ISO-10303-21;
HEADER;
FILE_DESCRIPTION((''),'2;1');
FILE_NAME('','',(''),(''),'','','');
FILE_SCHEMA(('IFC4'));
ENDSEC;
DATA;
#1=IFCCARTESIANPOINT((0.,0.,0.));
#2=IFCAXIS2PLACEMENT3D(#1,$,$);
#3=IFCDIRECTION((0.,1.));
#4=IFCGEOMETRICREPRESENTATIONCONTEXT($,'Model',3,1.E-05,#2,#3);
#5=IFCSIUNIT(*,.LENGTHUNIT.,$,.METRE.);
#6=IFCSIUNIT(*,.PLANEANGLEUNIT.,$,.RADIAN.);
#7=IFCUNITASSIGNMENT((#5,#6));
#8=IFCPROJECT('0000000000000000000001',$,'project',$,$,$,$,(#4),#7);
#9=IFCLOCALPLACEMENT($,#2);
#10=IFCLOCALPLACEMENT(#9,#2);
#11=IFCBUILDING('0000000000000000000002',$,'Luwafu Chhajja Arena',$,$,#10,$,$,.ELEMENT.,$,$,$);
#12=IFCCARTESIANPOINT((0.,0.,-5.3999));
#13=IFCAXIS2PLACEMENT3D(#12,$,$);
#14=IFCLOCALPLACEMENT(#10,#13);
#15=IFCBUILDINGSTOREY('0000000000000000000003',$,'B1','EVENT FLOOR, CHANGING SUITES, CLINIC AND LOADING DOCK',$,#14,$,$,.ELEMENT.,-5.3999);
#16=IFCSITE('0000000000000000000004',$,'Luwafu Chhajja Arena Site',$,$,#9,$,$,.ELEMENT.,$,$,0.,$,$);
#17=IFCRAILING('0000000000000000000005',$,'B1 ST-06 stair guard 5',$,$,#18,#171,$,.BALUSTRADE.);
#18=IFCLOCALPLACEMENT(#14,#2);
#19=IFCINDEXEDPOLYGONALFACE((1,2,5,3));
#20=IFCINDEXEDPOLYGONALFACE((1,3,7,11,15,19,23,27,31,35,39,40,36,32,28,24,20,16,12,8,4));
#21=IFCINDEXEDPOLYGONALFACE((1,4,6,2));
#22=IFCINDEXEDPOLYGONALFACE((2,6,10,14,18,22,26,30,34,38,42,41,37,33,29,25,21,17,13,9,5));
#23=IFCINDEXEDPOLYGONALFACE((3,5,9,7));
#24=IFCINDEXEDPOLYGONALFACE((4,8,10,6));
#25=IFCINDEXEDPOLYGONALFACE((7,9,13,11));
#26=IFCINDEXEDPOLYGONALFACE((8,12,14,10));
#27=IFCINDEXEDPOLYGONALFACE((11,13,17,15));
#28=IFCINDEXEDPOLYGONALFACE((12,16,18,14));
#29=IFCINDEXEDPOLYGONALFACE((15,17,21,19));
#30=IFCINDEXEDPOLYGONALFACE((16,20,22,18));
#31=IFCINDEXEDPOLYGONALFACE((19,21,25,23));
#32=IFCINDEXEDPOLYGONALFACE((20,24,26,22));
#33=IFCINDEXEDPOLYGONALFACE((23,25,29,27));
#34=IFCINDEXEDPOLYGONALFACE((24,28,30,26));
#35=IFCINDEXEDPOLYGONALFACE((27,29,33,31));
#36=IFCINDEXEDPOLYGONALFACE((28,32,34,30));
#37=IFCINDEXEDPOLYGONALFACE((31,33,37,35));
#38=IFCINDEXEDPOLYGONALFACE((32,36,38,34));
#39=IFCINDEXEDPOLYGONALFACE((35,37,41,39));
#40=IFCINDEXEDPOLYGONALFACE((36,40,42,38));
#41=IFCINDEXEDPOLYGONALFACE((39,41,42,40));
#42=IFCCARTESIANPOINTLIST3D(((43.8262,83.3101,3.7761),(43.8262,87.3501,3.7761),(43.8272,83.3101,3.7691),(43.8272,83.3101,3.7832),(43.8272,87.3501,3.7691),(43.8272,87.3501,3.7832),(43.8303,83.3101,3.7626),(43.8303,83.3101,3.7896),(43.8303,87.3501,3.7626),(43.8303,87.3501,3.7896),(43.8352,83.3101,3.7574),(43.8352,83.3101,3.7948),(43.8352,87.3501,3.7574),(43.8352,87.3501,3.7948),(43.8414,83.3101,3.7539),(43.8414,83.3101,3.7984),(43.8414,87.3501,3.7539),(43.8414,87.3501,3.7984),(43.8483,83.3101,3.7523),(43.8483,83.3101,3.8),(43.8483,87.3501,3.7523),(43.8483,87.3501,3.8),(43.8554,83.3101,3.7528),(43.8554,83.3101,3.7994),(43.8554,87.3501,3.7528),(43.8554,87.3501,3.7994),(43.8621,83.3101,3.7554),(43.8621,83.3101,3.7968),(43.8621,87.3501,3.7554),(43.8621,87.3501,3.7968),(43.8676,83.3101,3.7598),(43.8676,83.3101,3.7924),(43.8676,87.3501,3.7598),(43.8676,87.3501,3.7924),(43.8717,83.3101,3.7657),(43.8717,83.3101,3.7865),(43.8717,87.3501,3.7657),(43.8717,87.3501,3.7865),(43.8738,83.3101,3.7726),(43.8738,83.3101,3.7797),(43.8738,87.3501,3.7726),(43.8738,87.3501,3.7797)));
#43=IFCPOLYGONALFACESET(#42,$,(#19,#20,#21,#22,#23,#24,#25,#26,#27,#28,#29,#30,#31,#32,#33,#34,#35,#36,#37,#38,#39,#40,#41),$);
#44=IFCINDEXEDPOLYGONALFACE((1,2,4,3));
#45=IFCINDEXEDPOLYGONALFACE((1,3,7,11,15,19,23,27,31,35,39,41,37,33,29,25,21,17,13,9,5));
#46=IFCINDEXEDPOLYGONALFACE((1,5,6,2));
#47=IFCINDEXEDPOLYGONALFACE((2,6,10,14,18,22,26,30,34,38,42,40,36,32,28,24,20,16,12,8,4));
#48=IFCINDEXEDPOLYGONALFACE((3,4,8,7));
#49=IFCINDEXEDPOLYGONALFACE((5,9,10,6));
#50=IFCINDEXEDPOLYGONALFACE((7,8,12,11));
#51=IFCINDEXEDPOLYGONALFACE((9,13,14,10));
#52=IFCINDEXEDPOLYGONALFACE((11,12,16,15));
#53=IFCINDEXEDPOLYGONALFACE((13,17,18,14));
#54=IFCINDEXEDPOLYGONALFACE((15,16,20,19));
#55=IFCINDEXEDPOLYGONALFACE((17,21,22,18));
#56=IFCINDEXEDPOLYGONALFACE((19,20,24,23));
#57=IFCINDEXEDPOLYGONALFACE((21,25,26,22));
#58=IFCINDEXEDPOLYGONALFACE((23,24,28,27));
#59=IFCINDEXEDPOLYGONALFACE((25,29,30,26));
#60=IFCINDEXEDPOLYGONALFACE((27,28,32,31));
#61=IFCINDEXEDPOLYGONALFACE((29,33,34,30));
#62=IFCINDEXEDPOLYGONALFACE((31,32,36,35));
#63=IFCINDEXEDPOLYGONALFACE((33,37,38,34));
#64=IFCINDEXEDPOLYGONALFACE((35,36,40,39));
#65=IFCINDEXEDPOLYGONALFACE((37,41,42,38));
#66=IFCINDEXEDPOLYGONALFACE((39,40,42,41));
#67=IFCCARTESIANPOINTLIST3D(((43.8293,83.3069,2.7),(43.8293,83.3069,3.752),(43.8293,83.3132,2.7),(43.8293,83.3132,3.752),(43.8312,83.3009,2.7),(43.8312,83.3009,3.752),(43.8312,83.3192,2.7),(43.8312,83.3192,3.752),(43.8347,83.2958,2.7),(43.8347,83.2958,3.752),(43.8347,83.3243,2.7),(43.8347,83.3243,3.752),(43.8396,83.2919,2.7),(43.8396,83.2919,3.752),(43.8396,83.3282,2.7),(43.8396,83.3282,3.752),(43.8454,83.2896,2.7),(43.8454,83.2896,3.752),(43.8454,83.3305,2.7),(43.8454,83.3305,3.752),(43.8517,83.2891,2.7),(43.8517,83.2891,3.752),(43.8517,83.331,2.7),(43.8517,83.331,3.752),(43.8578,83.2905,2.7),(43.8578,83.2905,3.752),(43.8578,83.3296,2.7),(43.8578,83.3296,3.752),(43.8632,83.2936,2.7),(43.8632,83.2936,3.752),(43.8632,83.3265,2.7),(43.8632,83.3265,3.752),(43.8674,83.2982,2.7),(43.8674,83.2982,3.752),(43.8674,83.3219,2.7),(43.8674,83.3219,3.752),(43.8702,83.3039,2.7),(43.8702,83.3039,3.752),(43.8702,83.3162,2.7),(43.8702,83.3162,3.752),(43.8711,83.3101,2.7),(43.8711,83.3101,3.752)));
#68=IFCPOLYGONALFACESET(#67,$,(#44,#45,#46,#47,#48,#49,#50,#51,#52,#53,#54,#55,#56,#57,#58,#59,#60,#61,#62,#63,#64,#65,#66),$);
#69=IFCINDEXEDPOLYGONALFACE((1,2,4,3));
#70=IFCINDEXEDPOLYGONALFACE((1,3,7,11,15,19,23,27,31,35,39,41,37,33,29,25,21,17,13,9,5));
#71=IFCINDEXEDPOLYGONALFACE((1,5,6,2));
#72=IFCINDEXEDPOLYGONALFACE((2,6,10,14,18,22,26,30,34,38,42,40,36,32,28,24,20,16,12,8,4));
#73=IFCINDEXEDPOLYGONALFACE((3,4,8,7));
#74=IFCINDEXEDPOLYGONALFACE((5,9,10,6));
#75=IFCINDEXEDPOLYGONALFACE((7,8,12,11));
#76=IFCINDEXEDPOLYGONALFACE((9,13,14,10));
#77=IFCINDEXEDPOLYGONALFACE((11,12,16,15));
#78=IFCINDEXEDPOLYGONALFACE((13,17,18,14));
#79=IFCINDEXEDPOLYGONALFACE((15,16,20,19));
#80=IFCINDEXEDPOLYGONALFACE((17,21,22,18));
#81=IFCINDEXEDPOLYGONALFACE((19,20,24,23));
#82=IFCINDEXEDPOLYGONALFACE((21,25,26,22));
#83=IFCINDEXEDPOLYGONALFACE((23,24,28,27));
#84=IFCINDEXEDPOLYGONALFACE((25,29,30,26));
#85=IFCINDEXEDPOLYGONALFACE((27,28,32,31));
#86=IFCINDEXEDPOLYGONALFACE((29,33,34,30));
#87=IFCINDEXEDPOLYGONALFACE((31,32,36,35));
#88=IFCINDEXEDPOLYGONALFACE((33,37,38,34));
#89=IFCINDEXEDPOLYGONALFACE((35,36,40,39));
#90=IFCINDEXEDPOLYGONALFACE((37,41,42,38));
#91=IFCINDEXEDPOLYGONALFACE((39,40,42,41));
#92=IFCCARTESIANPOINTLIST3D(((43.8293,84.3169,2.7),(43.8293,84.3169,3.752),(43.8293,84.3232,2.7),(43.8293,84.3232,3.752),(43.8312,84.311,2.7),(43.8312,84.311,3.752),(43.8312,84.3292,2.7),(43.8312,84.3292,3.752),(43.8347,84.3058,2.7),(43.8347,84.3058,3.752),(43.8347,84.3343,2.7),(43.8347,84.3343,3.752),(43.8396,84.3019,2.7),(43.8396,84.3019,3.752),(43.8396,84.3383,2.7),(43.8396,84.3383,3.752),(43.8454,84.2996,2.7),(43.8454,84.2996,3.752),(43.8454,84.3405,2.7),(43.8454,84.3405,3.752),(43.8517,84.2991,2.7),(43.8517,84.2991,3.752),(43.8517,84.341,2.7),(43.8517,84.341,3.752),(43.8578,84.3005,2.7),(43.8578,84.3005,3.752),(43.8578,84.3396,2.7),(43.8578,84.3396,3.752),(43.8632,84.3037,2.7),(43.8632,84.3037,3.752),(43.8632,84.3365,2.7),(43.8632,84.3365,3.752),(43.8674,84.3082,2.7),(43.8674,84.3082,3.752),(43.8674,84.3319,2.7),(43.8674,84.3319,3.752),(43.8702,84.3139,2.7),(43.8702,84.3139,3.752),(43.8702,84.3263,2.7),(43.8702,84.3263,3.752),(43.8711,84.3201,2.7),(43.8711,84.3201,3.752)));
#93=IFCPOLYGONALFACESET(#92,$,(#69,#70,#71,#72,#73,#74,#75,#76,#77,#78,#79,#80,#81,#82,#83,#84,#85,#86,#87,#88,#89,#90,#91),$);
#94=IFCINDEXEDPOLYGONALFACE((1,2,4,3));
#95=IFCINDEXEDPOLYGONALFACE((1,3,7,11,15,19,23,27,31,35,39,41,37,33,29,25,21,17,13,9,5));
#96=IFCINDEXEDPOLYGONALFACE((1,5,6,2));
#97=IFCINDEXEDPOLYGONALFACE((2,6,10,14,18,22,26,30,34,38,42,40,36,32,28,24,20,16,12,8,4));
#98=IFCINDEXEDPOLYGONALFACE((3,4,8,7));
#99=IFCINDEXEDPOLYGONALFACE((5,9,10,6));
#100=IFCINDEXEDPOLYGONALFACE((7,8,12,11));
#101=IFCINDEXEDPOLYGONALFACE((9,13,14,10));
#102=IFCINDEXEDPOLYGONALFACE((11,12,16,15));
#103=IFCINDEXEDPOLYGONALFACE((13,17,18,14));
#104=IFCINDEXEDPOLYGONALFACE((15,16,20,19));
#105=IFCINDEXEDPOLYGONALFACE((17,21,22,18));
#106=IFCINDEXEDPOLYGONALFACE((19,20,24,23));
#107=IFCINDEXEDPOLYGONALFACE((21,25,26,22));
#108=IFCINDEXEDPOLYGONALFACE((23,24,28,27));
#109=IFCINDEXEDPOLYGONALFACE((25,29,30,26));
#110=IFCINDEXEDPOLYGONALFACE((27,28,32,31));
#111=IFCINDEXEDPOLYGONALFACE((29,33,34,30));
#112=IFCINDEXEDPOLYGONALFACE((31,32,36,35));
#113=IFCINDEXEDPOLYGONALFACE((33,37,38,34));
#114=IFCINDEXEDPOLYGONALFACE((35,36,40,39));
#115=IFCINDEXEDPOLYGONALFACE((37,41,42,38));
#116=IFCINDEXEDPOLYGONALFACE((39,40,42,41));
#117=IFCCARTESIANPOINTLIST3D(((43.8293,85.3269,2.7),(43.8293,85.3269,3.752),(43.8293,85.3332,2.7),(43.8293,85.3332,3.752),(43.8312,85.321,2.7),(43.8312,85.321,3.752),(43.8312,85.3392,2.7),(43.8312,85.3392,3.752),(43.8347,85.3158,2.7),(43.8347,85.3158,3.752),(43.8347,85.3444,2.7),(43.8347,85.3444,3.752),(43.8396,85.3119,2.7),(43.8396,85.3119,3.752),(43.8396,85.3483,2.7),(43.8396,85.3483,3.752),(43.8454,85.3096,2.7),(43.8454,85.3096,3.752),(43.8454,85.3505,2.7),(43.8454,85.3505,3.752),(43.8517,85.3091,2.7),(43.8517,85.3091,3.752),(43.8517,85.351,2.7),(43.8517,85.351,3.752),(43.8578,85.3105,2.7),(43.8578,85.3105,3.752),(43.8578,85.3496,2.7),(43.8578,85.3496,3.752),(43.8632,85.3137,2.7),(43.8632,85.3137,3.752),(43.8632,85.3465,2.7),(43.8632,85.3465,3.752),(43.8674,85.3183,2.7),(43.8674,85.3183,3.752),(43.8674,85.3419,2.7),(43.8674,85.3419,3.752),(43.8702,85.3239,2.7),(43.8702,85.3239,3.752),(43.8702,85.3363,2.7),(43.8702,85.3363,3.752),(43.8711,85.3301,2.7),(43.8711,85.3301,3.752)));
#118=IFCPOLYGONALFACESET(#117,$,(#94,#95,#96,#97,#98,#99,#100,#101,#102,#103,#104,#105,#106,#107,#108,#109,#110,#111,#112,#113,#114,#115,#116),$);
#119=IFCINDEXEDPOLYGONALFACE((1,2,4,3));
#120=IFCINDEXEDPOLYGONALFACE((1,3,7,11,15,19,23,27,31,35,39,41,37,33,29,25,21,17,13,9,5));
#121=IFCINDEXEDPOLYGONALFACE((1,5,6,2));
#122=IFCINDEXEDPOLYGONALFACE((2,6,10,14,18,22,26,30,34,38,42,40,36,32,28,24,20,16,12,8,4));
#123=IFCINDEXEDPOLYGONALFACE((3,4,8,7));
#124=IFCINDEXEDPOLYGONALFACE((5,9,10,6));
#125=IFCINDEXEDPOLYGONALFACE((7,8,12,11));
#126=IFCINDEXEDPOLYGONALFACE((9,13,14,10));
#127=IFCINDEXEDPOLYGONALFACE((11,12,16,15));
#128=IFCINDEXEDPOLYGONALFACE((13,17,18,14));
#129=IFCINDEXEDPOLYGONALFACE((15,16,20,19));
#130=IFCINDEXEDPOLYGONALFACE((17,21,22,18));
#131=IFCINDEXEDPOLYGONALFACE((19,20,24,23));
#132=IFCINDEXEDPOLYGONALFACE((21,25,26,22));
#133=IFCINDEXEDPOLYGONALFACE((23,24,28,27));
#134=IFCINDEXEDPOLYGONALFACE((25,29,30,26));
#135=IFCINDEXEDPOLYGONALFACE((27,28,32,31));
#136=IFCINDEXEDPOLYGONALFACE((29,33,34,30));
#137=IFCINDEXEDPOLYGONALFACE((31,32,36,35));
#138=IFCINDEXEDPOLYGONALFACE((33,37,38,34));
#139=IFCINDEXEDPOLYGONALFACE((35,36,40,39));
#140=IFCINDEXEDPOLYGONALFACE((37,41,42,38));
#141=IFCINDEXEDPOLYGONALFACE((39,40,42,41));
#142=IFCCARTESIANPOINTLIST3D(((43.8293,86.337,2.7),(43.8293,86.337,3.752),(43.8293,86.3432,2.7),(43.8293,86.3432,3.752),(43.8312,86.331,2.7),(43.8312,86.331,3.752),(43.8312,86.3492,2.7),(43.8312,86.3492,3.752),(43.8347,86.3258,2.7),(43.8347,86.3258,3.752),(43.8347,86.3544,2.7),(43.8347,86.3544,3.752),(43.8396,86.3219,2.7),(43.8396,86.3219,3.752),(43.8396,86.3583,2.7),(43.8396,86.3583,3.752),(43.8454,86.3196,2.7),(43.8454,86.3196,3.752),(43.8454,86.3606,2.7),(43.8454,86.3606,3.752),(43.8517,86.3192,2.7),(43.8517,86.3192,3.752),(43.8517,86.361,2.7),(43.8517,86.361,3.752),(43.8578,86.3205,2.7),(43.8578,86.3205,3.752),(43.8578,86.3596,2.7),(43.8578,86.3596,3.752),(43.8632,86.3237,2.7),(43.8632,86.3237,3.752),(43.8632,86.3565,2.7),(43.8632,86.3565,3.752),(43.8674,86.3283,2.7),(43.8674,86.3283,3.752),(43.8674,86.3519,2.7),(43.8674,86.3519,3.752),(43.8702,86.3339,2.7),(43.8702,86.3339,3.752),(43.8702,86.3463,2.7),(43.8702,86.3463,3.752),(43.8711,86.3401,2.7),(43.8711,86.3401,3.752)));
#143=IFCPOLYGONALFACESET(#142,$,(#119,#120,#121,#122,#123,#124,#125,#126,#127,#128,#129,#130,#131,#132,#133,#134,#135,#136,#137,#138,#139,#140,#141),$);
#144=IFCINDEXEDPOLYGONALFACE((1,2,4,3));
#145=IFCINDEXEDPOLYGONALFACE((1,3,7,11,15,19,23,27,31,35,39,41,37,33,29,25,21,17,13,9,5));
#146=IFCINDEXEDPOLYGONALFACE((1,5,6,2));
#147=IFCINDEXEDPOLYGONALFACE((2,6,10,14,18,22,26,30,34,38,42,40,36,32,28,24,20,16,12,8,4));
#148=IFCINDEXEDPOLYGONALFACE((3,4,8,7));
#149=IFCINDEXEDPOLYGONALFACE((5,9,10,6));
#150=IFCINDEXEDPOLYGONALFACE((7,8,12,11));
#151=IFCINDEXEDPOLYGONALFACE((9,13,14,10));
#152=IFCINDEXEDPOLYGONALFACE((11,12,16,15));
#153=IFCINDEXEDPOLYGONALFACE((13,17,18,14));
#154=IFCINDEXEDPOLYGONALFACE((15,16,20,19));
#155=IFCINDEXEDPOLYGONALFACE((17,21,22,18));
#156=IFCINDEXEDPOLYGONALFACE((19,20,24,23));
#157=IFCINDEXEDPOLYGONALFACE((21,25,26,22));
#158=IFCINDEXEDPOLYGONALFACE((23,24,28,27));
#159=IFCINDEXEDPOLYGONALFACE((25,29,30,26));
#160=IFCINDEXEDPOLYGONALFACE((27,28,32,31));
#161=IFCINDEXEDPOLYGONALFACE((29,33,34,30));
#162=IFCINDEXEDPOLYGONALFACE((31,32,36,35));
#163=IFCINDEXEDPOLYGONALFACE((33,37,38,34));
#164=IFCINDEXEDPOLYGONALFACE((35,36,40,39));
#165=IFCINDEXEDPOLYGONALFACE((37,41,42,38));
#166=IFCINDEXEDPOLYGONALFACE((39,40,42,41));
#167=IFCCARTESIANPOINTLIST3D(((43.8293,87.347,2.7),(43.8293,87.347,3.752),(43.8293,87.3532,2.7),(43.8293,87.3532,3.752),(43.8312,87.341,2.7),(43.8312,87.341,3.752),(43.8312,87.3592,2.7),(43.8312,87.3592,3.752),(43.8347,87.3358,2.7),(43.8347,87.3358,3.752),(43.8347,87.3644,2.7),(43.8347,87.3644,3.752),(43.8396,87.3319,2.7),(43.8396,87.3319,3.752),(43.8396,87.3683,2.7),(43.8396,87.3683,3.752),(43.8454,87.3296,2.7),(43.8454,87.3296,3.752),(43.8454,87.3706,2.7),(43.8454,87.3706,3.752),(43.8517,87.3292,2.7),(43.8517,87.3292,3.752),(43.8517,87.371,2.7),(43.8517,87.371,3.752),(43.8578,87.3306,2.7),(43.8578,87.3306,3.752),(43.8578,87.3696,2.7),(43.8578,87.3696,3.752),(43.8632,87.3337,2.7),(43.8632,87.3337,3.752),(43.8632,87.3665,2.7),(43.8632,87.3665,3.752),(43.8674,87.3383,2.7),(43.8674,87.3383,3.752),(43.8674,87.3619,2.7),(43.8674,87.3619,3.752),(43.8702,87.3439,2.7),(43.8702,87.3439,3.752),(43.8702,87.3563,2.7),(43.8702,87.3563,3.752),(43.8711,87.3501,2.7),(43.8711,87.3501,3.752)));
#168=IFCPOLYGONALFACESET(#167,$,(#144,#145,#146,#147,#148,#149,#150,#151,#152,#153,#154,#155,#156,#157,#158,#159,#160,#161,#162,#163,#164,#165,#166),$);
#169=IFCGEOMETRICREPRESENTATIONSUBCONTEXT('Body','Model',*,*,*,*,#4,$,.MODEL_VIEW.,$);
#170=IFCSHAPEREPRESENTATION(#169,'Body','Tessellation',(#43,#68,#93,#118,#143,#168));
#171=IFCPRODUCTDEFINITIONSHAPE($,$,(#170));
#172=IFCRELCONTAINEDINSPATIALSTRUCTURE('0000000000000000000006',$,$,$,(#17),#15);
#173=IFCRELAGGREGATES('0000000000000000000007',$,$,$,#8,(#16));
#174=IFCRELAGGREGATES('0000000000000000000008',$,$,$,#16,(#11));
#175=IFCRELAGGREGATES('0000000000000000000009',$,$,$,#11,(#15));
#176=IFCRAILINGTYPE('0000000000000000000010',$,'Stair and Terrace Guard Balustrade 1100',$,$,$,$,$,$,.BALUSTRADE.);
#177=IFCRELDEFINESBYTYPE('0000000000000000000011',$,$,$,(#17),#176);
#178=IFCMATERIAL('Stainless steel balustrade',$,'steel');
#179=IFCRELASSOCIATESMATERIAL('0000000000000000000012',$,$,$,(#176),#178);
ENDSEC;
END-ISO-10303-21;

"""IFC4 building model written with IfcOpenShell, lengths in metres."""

from ifc_helpers import new_model, si_unit, direction, frame, origin, origin_2d, place, context, subcontext, project, spatial, circle, extrude, material, type_object, element, save


model = new_model("IFC4")

# Units and contexts
model_context = context("Model", 3, precision=1e-05, world=origin(), true_north=direction((0.0, 1.0)))
body_context = subcontext(model_context, "Body", "Model", "MODEL_VIEW")
ifc_project = project(units=[si_unit("LENGTHUNIT", "METRE"), si_unit("PLANEANGLEUNIT", "RADIAN")], contexts=[model_context])

# Site, building, storey
site_placement = place(None, origin())
site = spatial("IfcSite", under=ifc_project, at=site_placement, Name="Luwafu Chhajja Arena Site", CompositionType="ELEMENT", RefElevation=0.0)
building_placement = place(site_placement, origin())
building = spatial("IfcBuilding", under=site, at=building_placement, Name="Luwafu Chhajja Arena", CompositionType="ELEMENT")
storey_placement = place(building_placement, frame((0.0, 0.0, -5.3999)))
storey = spatial("IfcBuildingStorey", under=building, at=storey_placement, Name="B1", Description="EVENT FLOOR, CHANGING SUITES, CLINIC AND LOADING DOCK", CompositionType="ELEMENT", Elevation=-5.3999)

# Railing
ifc_material_1 = material(Name="Stainless steel balustrade", Category="steel")
railing_type_1 = type_object("IfcRailingType", Name="Stair and Terrace Guard Balustrade 1100", PredefinedType="BALUSTRADE", material=ifc_material_1)
railing_1_placement = place(storey_placement, frame((43.8501, 83.3101, 2.7)))
element("IfcRailing", 1, at=railing_1_placement, inside=storey, type_object=railing_type_1, Name="B1 ST-06 stair guard 5", PredefinedType="BALUSTRADE", context=body_context, shape_type="SweptSolid", body=[
    extrude(circle(Radius=0.0239, at=origin_2d()), frame((0.0, 0.0, 1.0762), z_axis=(0.0, 1.0, 0.0), x_axis=(-1.0, 0.0, 0.0)), (0.0, 0.0, 1.0), 4.04),
    extrude(circle(Radius=0.021, at=origin_2d()), origin(), (0.0, 0.0, 1.0), 1.052),
    extrude(circle(Radius=0.021, at=origin_2d()), frame((0.0, 1.01, 0.0)), (0.0, 0.0, 1.0), 1.052),
    extrude(circle(Radius=0.021, at=origin_2d()), frame((0.0, 2.02, 0.0)), (0.0, 0.0, 1.0), 1.052),
    extrude(circle(Radius=0.021, at=origin_2d()), frame((0.0, 3.03, 0.0)), (0.0, 0.0, 1.0), 1.052),
    extrude(circle(Radius=0.021, at=origin_2d()), frame((0.0, 4.04, 0.0)), (0.0, 0.0, 1.0), 1.052),
])

save(model, "model.ifc")
